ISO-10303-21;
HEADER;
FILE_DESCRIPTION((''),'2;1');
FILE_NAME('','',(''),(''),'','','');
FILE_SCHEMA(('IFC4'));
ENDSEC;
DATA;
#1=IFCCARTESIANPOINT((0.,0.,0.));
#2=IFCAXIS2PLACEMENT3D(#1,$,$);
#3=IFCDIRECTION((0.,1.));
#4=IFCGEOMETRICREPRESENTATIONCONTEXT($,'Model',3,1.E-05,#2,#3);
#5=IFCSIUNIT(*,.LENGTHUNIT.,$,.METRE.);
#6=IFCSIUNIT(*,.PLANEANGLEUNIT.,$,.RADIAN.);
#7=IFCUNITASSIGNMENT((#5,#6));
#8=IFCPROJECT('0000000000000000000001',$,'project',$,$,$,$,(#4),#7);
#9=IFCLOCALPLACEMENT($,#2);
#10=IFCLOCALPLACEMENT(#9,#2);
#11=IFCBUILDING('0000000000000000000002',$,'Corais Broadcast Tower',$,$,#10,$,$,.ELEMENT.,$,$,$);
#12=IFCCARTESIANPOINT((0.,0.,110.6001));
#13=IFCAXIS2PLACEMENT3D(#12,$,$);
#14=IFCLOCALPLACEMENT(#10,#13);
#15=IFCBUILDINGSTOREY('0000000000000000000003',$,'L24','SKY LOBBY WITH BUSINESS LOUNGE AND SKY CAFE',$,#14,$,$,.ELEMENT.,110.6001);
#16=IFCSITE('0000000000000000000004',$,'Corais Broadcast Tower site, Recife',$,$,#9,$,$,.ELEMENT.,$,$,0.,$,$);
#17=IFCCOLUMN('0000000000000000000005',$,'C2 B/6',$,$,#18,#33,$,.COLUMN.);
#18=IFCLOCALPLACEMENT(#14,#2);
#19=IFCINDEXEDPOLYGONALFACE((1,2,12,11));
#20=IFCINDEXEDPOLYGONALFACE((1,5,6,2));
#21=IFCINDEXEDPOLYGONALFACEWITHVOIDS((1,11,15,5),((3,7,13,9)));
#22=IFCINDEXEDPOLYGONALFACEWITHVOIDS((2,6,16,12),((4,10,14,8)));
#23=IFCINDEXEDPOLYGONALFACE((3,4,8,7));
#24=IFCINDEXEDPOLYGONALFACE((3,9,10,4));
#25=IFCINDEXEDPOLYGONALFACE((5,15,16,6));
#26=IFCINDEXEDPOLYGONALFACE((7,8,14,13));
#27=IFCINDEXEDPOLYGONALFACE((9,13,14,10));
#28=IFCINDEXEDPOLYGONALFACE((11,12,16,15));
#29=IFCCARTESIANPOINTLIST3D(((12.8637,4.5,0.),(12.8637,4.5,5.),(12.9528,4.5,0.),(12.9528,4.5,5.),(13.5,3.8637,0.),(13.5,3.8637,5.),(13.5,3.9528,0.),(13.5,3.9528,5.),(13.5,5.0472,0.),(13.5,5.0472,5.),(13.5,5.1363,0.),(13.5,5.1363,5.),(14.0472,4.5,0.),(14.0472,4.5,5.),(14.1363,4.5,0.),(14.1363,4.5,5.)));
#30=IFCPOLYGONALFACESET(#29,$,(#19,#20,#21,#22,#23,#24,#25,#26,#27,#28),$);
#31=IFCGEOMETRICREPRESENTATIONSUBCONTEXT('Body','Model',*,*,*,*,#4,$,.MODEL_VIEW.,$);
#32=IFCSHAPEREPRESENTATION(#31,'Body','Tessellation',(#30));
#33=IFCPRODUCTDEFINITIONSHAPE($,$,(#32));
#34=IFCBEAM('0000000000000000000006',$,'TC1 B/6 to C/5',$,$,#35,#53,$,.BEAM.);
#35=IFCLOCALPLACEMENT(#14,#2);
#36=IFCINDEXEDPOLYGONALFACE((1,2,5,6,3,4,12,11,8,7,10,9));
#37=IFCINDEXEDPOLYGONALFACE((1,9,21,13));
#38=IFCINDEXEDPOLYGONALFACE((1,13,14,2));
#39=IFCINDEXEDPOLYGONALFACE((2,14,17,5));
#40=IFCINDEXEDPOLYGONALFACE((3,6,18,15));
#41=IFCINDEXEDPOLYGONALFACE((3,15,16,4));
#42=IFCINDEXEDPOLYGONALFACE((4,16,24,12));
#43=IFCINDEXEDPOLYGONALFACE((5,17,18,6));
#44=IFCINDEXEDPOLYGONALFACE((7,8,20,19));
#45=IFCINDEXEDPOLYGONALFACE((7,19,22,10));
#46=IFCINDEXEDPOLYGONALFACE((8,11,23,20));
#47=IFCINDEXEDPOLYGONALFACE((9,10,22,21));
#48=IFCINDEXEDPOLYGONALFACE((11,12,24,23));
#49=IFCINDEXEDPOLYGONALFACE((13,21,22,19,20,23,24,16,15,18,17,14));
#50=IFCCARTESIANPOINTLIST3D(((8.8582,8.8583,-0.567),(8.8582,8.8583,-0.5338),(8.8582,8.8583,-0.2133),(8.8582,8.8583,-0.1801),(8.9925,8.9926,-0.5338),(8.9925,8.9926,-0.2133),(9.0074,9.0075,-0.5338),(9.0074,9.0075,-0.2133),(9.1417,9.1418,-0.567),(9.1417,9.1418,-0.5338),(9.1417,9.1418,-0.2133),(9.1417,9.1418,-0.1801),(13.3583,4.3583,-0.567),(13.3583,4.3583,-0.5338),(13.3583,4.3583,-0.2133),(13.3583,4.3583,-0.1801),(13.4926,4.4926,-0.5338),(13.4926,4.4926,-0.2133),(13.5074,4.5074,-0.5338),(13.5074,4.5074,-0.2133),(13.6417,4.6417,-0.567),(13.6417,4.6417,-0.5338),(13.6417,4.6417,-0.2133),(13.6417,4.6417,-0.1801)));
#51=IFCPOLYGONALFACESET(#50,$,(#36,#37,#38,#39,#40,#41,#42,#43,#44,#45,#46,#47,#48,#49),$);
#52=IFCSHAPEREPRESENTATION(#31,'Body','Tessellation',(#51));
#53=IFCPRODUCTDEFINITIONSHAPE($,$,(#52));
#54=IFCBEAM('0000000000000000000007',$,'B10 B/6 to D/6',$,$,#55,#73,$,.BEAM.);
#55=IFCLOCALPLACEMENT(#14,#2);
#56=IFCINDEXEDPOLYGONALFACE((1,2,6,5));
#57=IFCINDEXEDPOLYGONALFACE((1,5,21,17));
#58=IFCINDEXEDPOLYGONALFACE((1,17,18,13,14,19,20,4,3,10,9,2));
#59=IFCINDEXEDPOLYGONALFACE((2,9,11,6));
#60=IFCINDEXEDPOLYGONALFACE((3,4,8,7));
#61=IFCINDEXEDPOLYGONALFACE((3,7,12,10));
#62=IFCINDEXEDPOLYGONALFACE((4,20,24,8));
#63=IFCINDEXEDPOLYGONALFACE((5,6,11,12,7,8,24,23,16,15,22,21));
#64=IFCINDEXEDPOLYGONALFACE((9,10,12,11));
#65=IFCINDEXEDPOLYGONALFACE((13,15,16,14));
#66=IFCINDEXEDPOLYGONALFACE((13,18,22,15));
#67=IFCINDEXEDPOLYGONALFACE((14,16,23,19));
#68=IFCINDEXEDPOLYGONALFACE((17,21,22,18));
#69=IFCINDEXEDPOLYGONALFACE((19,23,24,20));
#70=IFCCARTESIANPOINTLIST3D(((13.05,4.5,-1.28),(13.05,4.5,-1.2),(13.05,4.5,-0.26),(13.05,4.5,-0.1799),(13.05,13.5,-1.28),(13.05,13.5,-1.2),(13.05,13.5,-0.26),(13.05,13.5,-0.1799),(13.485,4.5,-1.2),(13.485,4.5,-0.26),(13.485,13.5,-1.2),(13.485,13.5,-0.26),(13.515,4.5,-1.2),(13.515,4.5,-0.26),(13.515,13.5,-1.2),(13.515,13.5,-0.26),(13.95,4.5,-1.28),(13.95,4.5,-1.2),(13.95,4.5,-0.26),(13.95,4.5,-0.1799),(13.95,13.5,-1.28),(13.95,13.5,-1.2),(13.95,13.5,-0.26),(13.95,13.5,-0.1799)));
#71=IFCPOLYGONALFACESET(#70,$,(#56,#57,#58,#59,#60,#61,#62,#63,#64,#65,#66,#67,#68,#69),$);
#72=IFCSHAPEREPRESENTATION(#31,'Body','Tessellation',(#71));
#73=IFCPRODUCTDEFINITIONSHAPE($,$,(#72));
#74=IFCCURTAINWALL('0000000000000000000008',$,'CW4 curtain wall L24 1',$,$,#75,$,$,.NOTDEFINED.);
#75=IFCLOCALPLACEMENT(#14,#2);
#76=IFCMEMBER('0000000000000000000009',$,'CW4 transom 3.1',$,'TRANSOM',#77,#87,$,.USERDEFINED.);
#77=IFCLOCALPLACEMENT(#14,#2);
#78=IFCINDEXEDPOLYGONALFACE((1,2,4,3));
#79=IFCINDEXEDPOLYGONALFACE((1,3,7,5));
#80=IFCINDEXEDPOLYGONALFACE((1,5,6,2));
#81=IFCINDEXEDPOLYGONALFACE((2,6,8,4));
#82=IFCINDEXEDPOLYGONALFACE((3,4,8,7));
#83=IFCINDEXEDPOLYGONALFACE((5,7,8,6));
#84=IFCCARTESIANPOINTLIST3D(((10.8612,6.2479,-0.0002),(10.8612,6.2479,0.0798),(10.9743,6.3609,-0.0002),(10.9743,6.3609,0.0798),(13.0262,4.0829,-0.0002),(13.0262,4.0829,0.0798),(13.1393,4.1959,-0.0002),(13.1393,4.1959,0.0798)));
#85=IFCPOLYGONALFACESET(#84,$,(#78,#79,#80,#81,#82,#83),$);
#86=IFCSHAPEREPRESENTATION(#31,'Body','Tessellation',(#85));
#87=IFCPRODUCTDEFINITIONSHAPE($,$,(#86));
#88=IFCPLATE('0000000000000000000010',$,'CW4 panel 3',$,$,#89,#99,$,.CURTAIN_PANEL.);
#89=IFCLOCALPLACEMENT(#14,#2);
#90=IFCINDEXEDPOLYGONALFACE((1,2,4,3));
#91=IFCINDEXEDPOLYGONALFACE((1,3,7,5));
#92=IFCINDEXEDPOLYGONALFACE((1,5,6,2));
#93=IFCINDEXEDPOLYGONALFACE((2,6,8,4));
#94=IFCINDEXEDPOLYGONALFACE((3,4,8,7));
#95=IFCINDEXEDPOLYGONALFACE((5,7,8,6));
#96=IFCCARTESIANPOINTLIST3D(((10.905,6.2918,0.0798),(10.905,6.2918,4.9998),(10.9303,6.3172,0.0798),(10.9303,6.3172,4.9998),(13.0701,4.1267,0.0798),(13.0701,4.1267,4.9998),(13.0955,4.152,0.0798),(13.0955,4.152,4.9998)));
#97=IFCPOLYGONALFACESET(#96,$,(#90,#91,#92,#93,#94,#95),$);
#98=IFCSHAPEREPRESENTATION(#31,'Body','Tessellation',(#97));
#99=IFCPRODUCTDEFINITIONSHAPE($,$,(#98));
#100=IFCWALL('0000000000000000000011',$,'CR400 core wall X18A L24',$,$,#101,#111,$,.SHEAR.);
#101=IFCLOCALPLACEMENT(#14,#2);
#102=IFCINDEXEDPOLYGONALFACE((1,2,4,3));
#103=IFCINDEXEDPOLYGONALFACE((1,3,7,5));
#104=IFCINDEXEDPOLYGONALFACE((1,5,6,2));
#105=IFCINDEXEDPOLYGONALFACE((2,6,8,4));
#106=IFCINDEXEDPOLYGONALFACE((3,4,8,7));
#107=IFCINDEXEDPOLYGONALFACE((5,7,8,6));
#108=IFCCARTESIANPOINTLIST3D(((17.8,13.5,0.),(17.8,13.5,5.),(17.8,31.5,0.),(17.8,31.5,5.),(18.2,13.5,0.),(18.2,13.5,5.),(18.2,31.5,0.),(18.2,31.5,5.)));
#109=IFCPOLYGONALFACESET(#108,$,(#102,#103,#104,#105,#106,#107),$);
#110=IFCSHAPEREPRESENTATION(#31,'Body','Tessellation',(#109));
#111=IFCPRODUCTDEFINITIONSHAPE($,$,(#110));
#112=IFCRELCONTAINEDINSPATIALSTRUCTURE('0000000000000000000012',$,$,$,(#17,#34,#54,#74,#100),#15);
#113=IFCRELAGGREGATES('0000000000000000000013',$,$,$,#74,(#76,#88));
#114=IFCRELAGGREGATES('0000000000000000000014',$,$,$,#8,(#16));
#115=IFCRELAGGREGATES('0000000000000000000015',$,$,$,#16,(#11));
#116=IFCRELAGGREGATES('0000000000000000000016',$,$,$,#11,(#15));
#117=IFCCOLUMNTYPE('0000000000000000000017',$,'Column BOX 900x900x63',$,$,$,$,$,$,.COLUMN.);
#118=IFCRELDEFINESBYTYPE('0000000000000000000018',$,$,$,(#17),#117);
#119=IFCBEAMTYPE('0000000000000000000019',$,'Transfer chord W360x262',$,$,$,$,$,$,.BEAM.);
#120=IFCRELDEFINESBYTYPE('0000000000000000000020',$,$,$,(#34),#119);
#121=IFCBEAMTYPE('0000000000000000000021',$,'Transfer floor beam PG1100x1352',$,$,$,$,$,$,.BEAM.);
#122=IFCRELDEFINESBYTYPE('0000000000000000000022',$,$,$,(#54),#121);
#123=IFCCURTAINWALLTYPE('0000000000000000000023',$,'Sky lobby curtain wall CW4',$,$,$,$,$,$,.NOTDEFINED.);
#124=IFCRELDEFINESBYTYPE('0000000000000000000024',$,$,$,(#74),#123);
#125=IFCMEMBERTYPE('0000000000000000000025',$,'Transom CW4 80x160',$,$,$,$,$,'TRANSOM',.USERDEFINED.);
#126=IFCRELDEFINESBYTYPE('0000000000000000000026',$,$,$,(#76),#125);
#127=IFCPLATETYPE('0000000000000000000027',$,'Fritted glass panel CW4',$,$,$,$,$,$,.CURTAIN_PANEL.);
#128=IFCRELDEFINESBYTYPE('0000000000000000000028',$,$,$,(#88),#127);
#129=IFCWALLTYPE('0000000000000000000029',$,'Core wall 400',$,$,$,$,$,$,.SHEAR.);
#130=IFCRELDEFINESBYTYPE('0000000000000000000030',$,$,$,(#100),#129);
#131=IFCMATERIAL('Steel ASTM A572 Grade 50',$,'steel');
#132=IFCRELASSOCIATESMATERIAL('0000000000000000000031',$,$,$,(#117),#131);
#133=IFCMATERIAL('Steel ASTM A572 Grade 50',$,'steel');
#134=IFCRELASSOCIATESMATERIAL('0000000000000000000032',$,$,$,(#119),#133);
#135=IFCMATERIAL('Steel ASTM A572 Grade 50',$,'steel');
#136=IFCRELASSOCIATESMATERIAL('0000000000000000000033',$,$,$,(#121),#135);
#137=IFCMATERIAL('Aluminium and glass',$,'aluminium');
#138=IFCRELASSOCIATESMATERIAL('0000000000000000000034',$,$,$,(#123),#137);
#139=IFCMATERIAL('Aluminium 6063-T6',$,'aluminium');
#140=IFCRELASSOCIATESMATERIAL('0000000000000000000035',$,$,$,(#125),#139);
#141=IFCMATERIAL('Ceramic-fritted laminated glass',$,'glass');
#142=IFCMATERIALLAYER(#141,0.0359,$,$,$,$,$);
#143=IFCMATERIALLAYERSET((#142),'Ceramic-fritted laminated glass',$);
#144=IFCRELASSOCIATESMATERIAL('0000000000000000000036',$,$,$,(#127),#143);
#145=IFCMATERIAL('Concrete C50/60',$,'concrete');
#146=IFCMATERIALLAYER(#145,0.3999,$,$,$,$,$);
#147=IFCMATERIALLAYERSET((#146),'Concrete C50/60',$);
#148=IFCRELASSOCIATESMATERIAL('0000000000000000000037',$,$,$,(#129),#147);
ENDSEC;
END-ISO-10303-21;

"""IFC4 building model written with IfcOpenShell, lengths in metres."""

from ifc_helpers import new_model, si_unit, direction, frame, frame_2d, origin, origin_2d, place, context, subcontext, project, spatial, rectangle, hollow_rectangle, i_section, extrude, material, layer, layer_set, material_profile, profile_set, type_object, element, aggregate, save


model = new_model("IFC4")

# Units and contexts
model_context = context("Model", 3, precision=1e-05, world=origin(), true_north=direction((0.0, 1.0)))
body_context = subcontext(model_context, "Body", "Model", "MODEL_VIEW")
ifc_project = project(units=[si_unit("LENGTHUNIT", "METRE"), si_unit("PLANEANGLEUNIT", "RADIAN")], contexts=[model_context])

# Site, building, storey
site_placement = place(None, origin())
site = spatial("IfcSite", under=ifc_project, at=site_placement, Name="Corais Broadcast Tower site, Recife", CompositionType="ELEMENT", RefElevation=0.0)
building_placement = place(site_placement, origin())
building = spatial("IfcBuilding", under=site, at=building_placement, Name="Corais Broadcast Tower", CompositionType="ELEMENT")
storey_placement = place(building_placement, frame((0.0, 0.0, 110.6001)))
storey = spatial("IfcBuildingStorey", under=building, at=storey_placement, Name="L24", Description="SKY LOBBY WITH BUSINESS LOUNGE AND SKY CAFE", CompositionType="ELEMENT", Elevation=110.6001)

# Column
ifc_material_1 = material(Name="Steel ASTM A572 Grade 50", Category="steel")
ifc_material_profile_1 = material_profile(ifc_material_1, hollow_rectangle(XDim=0.8999, YDim=0.8999, WallThickness=0.063, at=origin_2d()), Name="BOX 900x900x63")
ifc_profile_set_1 = profile_set([ifc_material_profile_1], Name="Steel ASTM A572 Grade 50")
column_type = type_object("IfcColumnType", Name="Column BOX 900x900x63", PredefinedType="COLUMN", material=ifc_profile_set_1)
column_placement = place(storey_placement, frame((13.5, 4.5, 0.0), z_axis=(0.0, 0.0, 1.0), x_axis=(0.707107, 0.707107, 0.0)))
element("IfcColumn", 1, at=column_placement, inside=storey, type_object=column_type, Name="C2 B/6", PredefinedType="COLUMN", context=body_context, shape_type="SweptSolid", body=[
    extrude(hollow_rectangle(XDim=0.8999, YDim=0.8999, WallThickness=0.063, at=origin_2d()), origin(), (0.0, 0.0, 1.0), 5.0),
])

# Beams
ifc_material_2 = material(Name="Steel ASTM A572 Grade 50", Category="steel")
ifc_material_profile_2 = material_profile(ifc_material_2, i_section(OverallWidth=0.4009, OverallDepth=0.387, WebThickness=0.021, FlangeThickness=0.0332, at=origin_2d()), Name="W360x262")
ifc_profile_set_2 = profile_set([ifc_material_profile_2], Name="Steel ASTM A572 Grade 50")
beam_type_1 = type_object("IfcBeamType", Name="Transfer chord W360x262", PredefinedType="BEAM", material=ifc_profile_set_2)
beam_1_placement = place(storey_placement, frame((13.5, 4.5, -0.3735), z_axis=(-0.707107, 0.707107, 0.0), x_axis=(-0.707107, -0.707107, 0.0)))
element("IfcBeam", 2, at=beam_1_placement, inside=storey, type_object=beam_type_1, Name="TC1 B/6 to C/5", PredefinedType="BEAM", context=body_context, shape_type="SweptSolid", body=[
    extrude(i_section(OverallWidth=0.4009, OverallDepth=0.387, WebThickness=0.021, FlangeThickness=0.0332, at=origin_2d()), origin(), (0.0, 0.0, 1.0), 6.364),
])
ifc_material_3 = material(Name="Steel ASTM A572 Grade 50", Category="steel")
ifc_material_profile_3 = material_profile(ifc_material_3, i_section(OverallWidth=0.8999, OverallDepth=1.1001, WebThickness=0.03, FlangeThickness=0.0801, at=origin_2d()), Name="PG1100x1352")
ifc_profile_set_3 = profile_set([ifc_material_profile_3], Name="Steel ASTM A572 Grade 50")
beam_type_2 = type_object("IfcBeamType", Name="Transfer floor beam PG1100x1352", PredefinedType="BEAM", material=ifc_profile_set_3)
beam_2_placement = place(storey_placement, frame((13.5, 4.5, -0.73), z_axis=(0.0, 1.0, 0.0), x_axis=(-1.0, 0.0, 0.0)))
element("IfcBeam", 3, at=beam_2_placement, inside=storey, type_object=beam_type_2, Name="B10 B/6 to D/6", PredefinedType="BEAM", context=body_context, shape_type="SweptSolid", body=[
    extrude(i_section(OverallWidth=0.8999, OverallDepth=1.1001, WebThickness=0.03, FlangeThickness=0.0801, at=origin_2d()), origin(), (0.0, 0.0, 1.0), 9.0),
])

# Curtain wall, member, plate
ifc_material_4 = material(Name="Aluminium and glass", Category="aluminium")
curtain_wall_type = type_object("IfcCurtainWallType", Name="Sky lobby curtain wall CW4", PredefinedType="NOTDEFINED", material=ifc_material_4)
curtain_wall_placement = place(storey_placement, origin())
curtain_wall = element("IfcCurtainWall", 4, at=curtain_wall_placement, inside=storey, type_object=curtain_wall_type, Name="CW4 curtain wall L24 1", PredefinedType="NOTDEFINED")
ifc_material_5 = material(Name="Aluminium 6063-T6", Category="aluminium")
ifc_material_profile_4 = material_profile(ifc_material_5, rectangle(XDim=0.1599, YDim=0.0801, at=origin_2d()), Name="Transom CW4 80x160")
ifc_profile_set_4 = profile_set([ifc_material_profile_4], Name="Aluminium 6063-T6")
member_type = type_object("IfcMemberType", Name="Transom CW4 80x160", ElementType="TRANSOM", PredefinedType="USERDEFINED", material=ifc_profile_set_4)
member_placement = place(storey_placement, frame((13.0828, 4.1394, 0.0398), z_axis=(-0.707107, 0.707107, 0.0), x_axis=(-0.707107, -0.707107, 0.0)))
member = element("IfcMember", 5, at=member_placement, type_object=member_type, Name="CW4 transom 3.1", ObjectType="TRANSOM", PredefinedType="USERDEFINED", context=body_context, shape_type="SweptSolid", body=[
    extrude(rectangle(XDim=0.1599, YDim=0.0801, at=origin_2d()), origin(), (0.0, 0.0, 1.0), 3.0618),
])
ifc_material_6 = material(Name="Ceramic-fritted laminated glass", Category="glass")
ifc_layer_1 = layer(ifc_material_6, 0.0359)
ifc_layer_set_1 = layer_set([ifc_layer_1], Name="Ceramic-fritted laminated glass")
plate_type = type_object("IfcPlateType", Name="Fritted glass panel CW4", PredefinedType="CURTAIN_PANEL", material=ifc_layer_set_1)
plate_placement = place(storey_placement, frame((12.0002, 5.2219, 0.0798), z_axis=(0.0, 0.0, 1.0), x_axis=(-0.707107, 0.707107, 0.0)))
plate = element("IfcPlate", 6, at=plate_placement, type_object=plate_type, Name="CW4 panel 3", PredefinedType="CURTAIN_PANEL", context=body_context, shape_type="SweptSolid", body=[
    extrude(rectangle(XDim=3.062, YDim=0.0359, at=origin_2d()), origin(), (0.0, 0.0, 1.0), 4.9199),
])
aggregate(curtain_wall, [member, plate])

# Wall
ifc_material_7 = material(Name="Concrete C50/60", Category="concrete")
ifc_layer_2 = layer(ifc_material_7, 0.3999)
ifc_layer_set_2 = layer_set([ifc_layer_2], Name="Concrete C50/60")
wall_type_1 = type_object("IfcWallType", Name="Core wall 400", PredefinedType="SHEAR", material=ifc_layer_set_2)
wall_1_placement = place(storey_placement, frame((18.0, 13.5, 0.0), z_axis=(0.0, 0.0, 1.0), x_axis=(0.0, 1.0, 0.0)))
element("IfcWall", 7, at=wall_1_placement, inside=storey, type_object=wall_type_1, Name="CR400 core wall X18A L24", PredefinedType="SHEAR", context=body_context, shape_type="SweptSolid", body=[
    extrude(rectangle(XDim=18.0, YDim=0.3999, at=frame_2d((9.0, 0.0))), origin(), (0.0, 0.0, 1.0), 5.0),
])

save(model, "model.ifc")
